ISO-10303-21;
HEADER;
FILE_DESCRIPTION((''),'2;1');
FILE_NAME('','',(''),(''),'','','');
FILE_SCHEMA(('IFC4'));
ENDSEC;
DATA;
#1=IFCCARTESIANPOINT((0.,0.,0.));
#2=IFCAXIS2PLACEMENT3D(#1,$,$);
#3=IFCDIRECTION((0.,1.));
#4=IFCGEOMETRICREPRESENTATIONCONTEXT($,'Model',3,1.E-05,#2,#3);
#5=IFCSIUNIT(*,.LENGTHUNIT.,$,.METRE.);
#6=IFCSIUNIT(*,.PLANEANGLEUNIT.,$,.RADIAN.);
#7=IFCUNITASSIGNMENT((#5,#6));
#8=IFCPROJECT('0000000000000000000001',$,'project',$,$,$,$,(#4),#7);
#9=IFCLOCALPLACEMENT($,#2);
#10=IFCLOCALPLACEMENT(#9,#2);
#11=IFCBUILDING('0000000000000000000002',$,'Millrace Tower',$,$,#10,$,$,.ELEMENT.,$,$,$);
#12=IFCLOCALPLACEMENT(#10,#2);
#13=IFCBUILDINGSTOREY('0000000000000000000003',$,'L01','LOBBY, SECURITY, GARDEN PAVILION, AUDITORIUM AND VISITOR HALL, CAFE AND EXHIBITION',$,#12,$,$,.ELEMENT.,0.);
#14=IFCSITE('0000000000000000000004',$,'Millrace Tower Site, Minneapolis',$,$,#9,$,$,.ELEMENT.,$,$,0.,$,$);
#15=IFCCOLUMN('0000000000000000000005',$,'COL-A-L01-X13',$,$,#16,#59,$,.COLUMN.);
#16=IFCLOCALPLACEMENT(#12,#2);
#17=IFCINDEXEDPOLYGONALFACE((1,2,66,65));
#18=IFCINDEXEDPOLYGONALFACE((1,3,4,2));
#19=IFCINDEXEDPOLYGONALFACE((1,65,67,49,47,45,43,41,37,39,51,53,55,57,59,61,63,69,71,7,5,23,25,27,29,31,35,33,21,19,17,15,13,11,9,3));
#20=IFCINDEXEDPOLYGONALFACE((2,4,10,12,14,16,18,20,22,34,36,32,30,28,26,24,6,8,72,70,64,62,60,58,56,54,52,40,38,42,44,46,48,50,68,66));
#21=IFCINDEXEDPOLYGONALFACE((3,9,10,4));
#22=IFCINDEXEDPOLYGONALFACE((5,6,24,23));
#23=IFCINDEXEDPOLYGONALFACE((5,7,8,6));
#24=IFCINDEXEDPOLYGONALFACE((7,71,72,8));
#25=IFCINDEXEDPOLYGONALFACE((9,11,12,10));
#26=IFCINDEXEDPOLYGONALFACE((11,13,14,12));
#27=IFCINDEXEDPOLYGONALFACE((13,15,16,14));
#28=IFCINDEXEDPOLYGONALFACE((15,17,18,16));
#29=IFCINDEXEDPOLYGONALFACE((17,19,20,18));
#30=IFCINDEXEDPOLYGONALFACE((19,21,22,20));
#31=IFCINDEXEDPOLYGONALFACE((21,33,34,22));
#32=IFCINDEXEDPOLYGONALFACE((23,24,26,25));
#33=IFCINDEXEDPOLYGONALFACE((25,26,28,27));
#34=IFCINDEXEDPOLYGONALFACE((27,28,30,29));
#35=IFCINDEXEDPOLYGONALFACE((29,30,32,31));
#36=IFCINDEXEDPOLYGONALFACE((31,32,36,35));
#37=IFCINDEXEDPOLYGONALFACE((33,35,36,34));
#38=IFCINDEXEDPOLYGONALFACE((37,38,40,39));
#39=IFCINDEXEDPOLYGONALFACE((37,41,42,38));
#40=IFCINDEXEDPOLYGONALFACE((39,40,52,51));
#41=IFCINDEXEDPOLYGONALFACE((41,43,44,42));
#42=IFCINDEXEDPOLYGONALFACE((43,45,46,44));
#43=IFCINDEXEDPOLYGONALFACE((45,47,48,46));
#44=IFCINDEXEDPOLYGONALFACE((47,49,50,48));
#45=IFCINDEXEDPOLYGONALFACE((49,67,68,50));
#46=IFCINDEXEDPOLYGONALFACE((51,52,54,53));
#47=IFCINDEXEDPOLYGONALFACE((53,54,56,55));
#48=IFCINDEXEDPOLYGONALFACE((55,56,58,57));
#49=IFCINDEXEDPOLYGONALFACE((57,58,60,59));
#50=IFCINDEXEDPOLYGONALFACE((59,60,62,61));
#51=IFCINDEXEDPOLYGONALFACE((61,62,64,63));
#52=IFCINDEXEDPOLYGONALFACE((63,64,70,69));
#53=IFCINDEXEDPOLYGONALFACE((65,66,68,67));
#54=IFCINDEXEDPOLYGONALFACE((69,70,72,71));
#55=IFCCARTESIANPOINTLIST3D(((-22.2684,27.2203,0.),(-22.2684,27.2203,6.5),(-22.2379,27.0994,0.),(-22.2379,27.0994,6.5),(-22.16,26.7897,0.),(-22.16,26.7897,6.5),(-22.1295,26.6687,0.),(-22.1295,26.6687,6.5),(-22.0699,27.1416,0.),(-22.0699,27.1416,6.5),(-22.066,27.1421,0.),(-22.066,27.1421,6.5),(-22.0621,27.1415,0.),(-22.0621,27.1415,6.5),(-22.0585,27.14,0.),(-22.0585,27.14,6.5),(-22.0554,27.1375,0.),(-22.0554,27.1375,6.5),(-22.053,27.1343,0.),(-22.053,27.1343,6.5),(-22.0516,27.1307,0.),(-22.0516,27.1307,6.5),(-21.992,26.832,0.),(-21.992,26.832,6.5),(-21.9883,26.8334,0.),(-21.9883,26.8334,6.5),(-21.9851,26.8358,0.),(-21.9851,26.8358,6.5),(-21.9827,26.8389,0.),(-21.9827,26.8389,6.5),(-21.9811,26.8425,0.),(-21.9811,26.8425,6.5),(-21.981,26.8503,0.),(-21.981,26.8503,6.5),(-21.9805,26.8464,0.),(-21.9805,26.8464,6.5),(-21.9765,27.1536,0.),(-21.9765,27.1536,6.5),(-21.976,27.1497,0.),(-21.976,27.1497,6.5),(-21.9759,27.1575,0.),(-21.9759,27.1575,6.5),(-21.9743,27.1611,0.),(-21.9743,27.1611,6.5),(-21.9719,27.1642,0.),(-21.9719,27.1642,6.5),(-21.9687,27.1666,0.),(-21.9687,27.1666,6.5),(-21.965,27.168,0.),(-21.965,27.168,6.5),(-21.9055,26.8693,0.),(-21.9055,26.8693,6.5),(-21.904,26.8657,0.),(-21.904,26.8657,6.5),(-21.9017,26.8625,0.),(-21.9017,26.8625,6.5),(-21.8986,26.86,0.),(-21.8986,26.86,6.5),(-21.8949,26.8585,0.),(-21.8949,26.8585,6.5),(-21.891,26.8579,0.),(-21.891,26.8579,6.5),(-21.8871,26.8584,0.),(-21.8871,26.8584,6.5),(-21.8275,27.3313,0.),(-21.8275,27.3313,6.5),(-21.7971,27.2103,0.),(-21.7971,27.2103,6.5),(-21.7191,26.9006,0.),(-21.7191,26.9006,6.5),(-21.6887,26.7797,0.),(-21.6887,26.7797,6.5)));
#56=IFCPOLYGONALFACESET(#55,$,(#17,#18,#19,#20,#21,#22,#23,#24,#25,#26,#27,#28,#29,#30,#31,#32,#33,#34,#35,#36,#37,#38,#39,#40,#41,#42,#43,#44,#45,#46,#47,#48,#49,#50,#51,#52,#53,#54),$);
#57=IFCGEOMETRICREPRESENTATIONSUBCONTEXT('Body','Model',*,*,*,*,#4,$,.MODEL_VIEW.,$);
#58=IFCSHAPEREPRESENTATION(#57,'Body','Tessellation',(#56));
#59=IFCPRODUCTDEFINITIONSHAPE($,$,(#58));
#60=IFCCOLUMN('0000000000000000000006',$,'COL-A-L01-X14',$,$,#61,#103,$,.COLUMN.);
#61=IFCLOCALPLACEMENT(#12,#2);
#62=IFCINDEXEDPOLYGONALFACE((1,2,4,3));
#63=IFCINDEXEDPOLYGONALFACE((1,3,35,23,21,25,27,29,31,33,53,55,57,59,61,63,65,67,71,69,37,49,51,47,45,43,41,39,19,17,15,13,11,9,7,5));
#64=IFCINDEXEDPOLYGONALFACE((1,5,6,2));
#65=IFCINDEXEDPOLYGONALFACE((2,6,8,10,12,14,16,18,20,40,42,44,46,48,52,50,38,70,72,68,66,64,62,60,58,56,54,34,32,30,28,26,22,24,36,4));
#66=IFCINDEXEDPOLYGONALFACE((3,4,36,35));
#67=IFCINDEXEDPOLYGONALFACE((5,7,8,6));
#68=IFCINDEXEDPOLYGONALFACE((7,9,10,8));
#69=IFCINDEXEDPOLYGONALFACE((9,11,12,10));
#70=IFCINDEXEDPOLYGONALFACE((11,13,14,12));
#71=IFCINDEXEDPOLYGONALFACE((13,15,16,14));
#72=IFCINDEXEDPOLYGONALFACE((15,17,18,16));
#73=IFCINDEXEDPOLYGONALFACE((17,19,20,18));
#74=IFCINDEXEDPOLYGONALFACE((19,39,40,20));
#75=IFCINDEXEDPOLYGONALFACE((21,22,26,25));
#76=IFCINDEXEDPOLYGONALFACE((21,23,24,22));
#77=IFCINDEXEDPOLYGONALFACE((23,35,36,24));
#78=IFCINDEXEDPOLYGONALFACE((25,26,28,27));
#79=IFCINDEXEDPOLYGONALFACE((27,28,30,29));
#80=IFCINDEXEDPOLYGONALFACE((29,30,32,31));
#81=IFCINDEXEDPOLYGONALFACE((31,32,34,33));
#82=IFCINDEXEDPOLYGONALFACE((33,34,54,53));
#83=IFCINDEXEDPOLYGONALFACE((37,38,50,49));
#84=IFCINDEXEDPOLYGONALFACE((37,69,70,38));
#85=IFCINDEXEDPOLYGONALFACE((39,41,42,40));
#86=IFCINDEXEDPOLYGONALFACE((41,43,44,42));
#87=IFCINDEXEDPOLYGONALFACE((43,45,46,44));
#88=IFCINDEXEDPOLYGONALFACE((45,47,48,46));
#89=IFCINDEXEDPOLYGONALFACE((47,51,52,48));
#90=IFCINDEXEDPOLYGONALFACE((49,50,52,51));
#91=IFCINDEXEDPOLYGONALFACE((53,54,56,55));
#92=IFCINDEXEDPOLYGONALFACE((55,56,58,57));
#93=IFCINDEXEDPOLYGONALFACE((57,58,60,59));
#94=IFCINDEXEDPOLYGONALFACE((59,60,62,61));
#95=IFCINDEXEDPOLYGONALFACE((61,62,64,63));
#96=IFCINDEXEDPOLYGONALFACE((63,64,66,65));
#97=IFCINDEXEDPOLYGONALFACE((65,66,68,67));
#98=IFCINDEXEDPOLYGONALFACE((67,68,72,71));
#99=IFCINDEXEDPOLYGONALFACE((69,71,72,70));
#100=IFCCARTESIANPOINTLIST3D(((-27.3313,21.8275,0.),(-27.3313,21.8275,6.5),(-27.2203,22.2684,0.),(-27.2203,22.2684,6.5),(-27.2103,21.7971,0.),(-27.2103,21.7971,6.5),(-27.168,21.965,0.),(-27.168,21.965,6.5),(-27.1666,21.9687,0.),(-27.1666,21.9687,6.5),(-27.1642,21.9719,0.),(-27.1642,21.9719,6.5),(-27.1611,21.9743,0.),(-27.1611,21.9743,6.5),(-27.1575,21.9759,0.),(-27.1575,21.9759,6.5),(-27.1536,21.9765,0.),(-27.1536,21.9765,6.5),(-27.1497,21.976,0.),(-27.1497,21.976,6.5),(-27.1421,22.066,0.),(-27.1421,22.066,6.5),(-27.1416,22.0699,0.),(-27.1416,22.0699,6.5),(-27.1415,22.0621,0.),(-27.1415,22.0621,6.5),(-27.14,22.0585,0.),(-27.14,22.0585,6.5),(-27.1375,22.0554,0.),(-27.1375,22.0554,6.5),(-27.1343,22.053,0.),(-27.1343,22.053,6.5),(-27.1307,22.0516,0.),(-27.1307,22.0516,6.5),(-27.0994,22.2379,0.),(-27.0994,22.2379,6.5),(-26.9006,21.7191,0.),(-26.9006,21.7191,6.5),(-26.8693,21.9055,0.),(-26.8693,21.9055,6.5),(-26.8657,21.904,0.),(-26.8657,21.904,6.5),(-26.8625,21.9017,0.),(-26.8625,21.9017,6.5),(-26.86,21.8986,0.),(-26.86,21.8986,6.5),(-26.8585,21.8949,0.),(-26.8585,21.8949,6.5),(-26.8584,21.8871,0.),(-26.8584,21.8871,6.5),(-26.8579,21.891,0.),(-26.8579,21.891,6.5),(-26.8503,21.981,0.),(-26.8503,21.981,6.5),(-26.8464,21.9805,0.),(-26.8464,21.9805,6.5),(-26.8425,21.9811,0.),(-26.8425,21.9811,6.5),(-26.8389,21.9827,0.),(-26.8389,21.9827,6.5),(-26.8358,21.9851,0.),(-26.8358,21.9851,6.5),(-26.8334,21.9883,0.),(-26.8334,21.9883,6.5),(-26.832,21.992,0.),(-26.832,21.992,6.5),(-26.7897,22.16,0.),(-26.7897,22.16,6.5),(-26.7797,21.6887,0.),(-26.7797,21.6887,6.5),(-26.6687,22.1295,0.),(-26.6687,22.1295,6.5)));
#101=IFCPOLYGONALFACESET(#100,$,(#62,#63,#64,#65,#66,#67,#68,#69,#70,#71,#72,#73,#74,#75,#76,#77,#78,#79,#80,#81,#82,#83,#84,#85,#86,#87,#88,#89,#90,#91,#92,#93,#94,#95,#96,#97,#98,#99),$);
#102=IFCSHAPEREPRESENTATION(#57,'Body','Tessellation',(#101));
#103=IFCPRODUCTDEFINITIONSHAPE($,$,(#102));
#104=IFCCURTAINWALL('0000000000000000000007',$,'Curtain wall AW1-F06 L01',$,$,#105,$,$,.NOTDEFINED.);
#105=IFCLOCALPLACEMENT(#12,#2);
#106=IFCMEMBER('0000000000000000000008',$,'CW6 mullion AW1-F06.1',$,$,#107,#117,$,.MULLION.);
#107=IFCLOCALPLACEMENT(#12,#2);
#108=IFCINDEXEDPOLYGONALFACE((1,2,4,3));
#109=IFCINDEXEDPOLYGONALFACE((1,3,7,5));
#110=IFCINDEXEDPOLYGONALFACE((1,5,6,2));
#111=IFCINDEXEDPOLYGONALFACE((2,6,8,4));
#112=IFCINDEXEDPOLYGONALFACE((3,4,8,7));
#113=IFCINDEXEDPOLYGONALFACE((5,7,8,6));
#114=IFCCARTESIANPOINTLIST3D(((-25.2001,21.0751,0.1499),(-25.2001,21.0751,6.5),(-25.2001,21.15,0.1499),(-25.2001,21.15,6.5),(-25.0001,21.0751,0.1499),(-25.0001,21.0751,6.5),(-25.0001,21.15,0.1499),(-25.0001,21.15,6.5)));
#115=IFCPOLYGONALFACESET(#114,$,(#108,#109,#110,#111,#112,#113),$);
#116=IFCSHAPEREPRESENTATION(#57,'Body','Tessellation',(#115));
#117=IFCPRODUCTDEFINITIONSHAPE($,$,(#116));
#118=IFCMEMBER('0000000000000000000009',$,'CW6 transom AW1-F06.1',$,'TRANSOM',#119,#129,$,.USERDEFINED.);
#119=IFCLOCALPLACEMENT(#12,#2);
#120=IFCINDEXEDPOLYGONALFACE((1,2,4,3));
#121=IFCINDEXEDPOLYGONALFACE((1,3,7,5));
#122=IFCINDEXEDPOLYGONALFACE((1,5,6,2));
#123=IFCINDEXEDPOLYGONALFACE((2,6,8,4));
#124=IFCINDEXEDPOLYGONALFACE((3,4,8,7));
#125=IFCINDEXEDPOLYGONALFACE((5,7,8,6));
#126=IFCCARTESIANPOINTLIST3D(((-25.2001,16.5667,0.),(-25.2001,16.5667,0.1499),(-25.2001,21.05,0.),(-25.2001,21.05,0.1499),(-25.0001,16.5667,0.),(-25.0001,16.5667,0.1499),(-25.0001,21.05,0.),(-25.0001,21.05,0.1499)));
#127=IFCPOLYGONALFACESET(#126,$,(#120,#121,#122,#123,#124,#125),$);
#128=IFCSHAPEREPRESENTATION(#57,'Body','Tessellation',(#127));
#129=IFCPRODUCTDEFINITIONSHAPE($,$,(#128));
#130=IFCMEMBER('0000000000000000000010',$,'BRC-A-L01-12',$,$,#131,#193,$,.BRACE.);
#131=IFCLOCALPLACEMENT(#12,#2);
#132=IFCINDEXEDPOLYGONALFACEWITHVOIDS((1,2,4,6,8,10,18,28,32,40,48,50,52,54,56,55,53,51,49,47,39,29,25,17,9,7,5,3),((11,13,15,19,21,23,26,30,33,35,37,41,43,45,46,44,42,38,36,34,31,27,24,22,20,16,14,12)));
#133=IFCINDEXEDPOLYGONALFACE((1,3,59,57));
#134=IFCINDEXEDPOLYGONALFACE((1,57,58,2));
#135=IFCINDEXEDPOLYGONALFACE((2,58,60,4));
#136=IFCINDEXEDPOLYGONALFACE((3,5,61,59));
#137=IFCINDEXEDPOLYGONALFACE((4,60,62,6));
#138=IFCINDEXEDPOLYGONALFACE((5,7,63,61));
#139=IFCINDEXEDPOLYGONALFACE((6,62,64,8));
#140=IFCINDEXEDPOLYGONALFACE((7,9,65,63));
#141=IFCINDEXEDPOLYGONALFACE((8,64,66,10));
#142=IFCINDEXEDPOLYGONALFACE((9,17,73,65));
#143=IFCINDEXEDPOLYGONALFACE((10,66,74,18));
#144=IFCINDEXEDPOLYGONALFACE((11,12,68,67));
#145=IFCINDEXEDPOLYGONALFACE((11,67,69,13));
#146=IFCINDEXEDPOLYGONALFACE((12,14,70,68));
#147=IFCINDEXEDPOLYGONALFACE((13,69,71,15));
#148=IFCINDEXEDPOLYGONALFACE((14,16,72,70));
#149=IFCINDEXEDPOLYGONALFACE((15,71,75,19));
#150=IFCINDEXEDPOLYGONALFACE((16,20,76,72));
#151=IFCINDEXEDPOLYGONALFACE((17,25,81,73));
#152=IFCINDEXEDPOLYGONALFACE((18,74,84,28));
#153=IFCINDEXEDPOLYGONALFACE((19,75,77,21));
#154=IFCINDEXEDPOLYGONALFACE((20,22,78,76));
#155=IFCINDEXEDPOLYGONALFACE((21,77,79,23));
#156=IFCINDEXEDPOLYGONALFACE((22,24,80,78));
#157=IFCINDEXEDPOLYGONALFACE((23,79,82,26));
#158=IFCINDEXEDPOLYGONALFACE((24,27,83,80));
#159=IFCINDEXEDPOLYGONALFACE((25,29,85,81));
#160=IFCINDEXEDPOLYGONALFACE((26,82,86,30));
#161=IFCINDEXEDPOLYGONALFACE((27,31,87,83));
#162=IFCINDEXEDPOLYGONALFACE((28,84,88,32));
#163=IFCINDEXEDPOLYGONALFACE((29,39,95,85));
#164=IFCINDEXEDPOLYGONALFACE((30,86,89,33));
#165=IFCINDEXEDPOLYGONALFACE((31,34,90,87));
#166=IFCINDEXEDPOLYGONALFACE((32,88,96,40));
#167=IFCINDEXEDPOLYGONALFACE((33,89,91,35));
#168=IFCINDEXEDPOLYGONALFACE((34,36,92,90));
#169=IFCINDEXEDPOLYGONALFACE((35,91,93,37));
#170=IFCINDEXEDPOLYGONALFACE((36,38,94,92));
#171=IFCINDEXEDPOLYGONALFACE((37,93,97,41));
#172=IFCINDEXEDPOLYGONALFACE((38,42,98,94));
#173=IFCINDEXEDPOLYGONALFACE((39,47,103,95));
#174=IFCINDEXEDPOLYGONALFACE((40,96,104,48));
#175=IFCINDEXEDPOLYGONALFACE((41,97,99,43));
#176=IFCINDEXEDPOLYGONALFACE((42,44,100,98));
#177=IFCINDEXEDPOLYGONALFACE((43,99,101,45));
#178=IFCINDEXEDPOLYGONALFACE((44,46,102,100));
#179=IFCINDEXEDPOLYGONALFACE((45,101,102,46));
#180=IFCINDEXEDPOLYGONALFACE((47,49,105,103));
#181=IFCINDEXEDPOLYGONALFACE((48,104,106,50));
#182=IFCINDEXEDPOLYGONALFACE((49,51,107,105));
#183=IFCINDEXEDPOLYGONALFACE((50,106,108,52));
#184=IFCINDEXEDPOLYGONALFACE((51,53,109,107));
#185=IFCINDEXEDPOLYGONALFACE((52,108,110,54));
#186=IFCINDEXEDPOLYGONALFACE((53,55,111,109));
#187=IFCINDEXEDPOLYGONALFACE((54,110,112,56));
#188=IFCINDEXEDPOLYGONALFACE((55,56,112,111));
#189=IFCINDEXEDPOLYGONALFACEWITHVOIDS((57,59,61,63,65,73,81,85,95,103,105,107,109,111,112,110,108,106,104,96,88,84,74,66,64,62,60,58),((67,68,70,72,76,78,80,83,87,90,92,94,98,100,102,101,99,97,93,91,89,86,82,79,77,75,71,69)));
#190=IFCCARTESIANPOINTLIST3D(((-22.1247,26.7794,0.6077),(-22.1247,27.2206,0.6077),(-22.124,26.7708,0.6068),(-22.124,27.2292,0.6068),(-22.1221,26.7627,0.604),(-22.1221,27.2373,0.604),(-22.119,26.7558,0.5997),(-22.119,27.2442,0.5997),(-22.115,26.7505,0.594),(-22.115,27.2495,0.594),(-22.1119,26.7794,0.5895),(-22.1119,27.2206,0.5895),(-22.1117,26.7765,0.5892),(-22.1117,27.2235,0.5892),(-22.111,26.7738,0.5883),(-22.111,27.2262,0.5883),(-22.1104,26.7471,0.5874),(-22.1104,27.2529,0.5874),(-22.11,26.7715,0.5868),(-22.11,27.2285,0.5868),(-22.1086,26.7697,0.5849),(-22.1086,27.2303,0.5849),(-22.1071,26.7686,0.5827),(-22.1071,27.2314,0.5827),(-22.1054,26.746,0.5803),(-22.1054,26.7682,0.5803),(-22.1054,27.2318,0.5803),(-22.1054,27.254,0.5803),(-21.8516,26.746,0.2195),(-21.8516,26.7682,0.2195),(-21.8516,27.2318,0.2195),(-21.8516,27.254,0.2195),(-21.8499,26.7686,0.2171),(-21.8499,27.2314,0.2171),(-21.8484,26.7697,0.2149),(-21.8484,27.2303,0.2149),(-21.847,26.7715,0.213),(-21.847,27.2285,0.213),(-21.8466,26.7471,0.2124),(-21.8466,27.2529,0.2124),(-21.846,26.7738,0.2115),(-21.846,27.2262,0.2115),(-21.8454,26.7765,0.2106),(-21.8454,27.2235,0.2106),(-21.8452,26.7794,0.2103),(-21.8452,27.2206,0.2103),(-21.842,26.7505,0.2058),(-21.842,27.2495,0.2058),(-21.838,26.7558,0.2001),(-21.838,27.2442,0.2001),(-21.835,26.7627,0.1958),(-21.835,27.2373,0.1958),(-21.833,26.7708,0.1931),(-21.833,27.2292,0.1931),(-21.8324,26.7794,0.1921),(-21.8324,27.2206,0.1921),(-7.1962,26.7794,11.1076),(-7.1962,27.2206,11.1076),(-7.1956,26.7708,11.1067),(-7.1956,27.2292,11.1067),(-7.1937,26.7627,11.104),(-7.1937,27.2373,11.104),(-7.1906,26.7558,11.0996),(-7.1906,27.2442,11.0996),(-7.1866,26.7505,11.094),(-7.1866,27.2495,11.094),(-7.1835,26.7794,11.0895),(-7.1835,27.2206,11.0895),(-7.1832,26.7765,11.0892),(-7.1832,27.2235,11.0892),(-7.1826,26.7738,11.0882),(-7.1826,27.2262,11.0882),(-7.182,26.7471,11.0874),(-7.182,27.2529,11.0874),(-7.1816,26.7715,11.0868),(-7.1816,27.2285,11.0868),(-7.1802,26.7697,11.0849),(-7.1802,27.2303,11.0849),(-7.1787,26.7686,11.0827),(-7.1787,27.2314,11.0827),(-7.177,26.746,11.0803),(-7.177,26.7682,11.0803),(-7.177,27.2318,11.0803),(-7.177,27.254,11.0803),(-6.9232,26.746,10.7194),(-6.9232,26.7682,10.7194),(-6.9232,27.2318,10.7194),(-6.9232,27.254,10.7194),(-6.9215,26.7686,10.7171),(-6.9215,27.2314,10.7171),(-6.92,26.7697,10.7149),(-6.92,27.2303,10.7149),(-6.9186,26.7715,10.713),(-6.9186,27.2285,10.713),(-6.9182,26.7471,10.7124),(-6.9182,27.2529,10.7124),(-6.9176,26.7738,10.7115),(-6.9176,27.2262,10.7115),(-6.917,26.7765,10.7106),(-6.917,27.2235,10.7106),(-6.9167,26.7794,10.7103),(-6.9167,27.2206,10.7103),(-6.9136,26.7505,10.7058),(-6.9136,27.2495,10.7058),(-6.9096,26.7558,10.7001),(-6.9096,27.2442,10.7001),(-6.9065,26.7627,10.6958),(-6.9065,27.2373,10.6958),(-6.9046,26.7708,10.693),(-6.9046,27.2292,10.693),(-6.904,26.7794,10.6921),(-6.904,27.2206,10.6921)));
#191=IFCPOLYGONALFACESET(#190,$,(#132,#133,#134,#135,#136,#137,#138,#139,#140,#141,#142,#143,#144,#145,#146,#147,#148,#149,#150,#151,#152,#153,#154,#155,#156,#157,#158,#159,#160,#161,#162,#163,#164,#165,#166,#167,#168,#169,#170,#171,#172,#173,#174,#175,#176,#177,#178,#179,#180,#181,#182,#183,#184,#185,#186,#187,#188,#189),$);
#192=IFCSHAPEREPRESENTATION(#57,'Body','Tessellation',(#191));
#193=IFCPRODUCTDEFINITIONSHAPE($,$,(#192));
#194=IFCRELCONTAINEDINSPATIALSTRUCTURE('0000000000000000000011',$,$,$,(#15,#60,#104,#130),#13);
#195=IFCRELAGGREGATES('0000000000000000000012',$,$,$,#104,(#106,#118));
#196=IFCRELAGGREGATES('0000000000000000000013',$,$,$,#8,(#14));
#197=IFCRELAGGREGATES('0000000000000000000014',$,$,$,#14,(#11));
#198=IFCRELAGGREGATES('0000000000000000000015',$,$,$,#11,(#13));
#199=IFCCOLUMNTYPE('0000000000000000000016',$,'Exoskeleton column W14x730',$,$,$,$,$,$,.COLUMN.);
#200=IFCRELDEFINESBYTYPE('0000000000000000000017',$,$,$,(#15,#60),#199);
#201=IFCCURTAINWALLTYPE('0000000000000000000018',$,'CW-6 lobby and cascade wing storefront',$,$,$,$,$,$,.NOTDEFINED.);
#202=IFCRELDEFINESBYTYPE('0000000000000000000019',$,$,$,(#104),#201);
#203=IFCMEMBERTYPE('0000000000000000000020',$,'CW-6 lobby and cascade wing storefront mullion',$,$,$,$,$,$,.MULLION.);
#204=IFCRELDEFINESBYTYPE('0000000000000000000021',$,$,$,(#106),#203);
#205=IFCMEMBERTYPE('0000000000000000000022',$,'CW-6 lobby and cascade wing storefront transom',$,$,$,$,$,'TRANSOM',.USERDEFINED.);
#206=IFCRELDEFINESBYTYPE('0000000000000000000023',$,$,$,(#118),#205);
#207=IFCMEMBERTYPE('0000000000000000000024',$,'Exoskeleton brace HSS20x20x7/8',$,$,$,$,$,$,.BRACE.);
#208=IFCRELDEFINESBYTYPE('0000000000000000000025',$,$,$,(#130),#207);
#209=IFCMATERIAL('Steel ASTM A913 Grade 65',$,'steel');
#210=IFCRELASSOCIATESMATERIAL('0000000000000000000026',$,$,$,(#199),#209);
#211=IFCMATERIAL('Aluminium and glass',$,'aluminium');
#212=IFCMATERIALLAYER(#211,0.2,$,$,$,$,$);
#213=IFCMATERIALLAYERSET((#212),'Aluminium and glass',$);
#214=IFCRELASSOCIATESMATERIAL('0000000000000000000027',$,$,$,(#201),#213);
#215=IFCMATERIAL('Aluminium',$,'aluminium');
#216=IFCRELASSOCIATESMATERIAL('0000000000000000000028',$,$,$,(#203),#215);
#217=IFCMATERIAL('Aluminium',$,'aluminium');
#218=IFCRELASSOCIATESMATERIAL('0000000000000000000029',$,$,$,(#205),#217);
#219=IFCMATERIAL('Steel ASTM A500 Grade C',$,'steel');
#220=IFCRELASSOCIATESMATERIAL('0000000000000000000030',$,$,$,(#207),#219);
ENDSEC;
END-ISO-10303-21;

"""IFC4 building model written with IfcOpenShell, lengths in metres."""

from ifc_helpers import new_model, si_unit, direction, frame, origin, origin_2d, place, context, subcontext, project, spatial, rectangle, hollow_rectangle, i_section, extrude, material, layer, layer_set, material_profile, profile_set, type_object, element, aggregate, save


model = new_model("IFC4")

# Units and contexts
model_context = context("Model", 3, precision=1e-05, world=origin(), true_north=direction((0.0, 1.0)))
body_context = subcontext(model_context, "Body", "Model", "MODEL_VIEW")
ifc_project = project(units=[si_unit("LENGTHUNIT", "METRE"), si_unit("PLANEANGLEUNIT", "RADIAN")], contexts=[model_context])

# Site, building, storey
site_placement = place(None, origin())
site = spatial("IfcSite", under=ifc_project, at=site_placement, Name="Millrace Tower Site, Minneapolis", CompositionType="ELEMENT", RefElevation=0.0)
building_placement = place(site_placement, origin())
building = spatial("IfcBuilding", under=site, at=building_placement, Name="Millrace Tower", CompositionType="ELEMENT")
storey_placement = place(building_placement, origin())
storey = spatial("IfcBuildingStorey", under=building, at=storey_placement, Name="L01", Description="LOBBY, SECURITY, GARDEN PAVILION, AUDITORIUM AND VISITOR HALL, CAFE AND EXHIBITION", CompositionType="ELEMENT", Elevation=0.0)

# Columns
ifc_material_1 = material(Name="Steel ASTM A913 Grade 65", Category="steel")
ifc_material_profile_1 = material_profile(ifc_material_1, i_section(OverallWidth=0.4546, OverallDepth=0.5688, WebThickness=0.0779, FlangeThickness=0.1248, FilletRadius=0.0151, at=origin_2d()))
ifc_profile_set_1 = profile_set([ifc_material_profile_1], Name="Steel ASTM A913 Grade 65")
column_type = type_object("IfcColumnType", Name="Exoskeleton column W14x730", PredefinedType="COLUMN", material=ifc_profile_set_1)
for number, where, z_axis, x_axis, name in (
    (1, (-21.9785, 27.0, 0.0), (0.0, 0.0, 1.0), (-0.969752, -0.244094, 0.0), "COL-A-L01-X13"),
    (2, (-27.0, 21.9785, 0.0), (0.0, 0.0, 1.0), (-0.244094, -0.969752, 0.0), "COL-A-L01-X14"),
):
    element("IfcColumn", number, at=place(storey_placement, frame(where, z_axis=z_axis, x_axis=x_axis)), inside=storey, type_object=column_type, Name=name, PredefinedType="COLUMN", context=body_context, shape_type="SweptSolid", body=[
        extrude(i_section(OverallWidth=0.4546, OverallDepth=0.5688, WebThickness=0.0779, FlangeThickness=0.1248, FilletRadius=0.0151, at=origin_2d()), origin(), (0.0, 0.0, 1.0), 6.5),
    ])

# Curtain wall, members
ifc_material_2 = material(Name="Aluminium and glass", Category="aluminium")
ifc_layer_1 = layer(ifc_material_2, 0.2)
ifc_layer_set_1 = layer_set([ifc_layer_1], Name="Aluminium and glass")
curtain_wall_type = type_object("IfcCurtainWallType", Name="CW-6 lobby and cascade wing storefront", PredefinedType="NOTDEFINED", material=ifc_layer_set_1)
curtain_wall_placement = place(storey_placement, origin())
curtain_wall = element("IfcCurtainWall", 3, at=curtain_wall_placement, inside=storey, type_object=curtain_wall_type, Name="Curtain wall AW1-F06 L01", PredefinedType="NOTDEFINED")
ifc_material_3 = material(Name="Aluminium", Category="aluminium")
ifc_material_profile_2 = material_profile(ifc_material_3, rectangle(XDim=0.075, YDim=0.2, at=origin_2d()))
ifc_profile_set_2 = profile_set([ifc_material_profile_2], Name="Aluminium")
member_type_1 = type_object("IfcMemberType", Name="CW-6 lobby and cascade wing storefront mullion", PredefinedType="MULLION", material=ifc_profile_set_2)
member_1_placement = place(storey_placement, frame((-25.1001, 21.1125, 0.1499), z_axis=(0.0, 0.0, 1.0), x_axis=(0.0, -1.0, 0.0)))
member_1 = element("IfcMember", 4, at=member_1_placement, type_object=member_type_1, Name="CW6 mullion AW1-F06.1", PredefinedType="MULLION", context=body_context, shape_type="SweptSolid", body=[
    extrude(rectangle(XDim=0.075, YDim=0.2, at=origin_2d()), origin(), (0.0, 0.0, 1.0), 6.3501),
])
ifc_material_4 = material(Name="Aluminium", Category="aluminium")
ifc_material_profile_3 = material_profile(ifc_material_4, rectangle(XDim=0.2, YDim=0.1499, at=origin_2d()))
ifc_profile_set_3 = profile_set([ifc_material_profile_3], Name="Aluminium")
member_type_2 = type_object("IfcMemberType", Name="CW-6 lobby and cascade wing storefront transom", ElementType="TRANSOM", PredefinedType="USERDEFINED", material=ifc_profile_set_3)
member_2_placement = place(storey_placement, frame((-25.1001, 21.05, 0.075), z_axis=(0.0, -1.0, 0.0), x_axis=(1.0, 0.0, 0.0)))
member_2 = element("IfcMember", 5, at=member_2_placement, type_object=member_type_2, Name="CW6 transom AW1-F06.1", ObjectType="TRANSOM", PredefinedType="USERDEFINED", context=body_context, shape_type="SweptSolid", body=[
    extrude(rectangle(XDim=0.2, YDim=0.1499, at=origin_2d()), origin(), (0.0, 0.0, 1.0), 4.4834),
])
aggregate(curtain_wall, [member_1, member_2])

# Member
ifc_material_5 = material(Name="Steel ASTM A500 Grade C", Category="steel")
ifc_material_profile_4 = material_profile(ifc_material_5, hollow_rectangle(XDim=0.5081, YDim=0.5081, WallThickness=0.0222, InnerFilletRadius=0.0112, OuterFilletRadius=0.0334, at=origin_2d()))
ifc_profile_set_4 = profile_set([ifc_material_profile_4], Name="Steel ASTM A500 Grade C")
member_type_3 = type_object("IfcMemberType", Name="Exoskeleton brace HSS20x20x7/8", PredefinedType="BRACE", material=ifc_profile_set_4)
member_3_placement = place(storey_placement, frame((-21.9785, 27.0, 0.3999), z_axis=(0.817941, 0.0, 0.575302), x_axis=(0.0, 1.0, 0.0)))
element("IfcMember", 6, at=member_3_placement, inside=storey, type_object=member_type_3, Name="BRC-A-L01-12", PredefinedType="BRACE", context=body_context, shape_type="SweptSolid", body=[
    extrude(hollow_rectangle(XDim=0.5081, YDim=0.5081, WallThickness=0.0222, InnerFilletRadius=0.0112, OuterFilletRadius=0.0334, at=origin_2d()), origin(), (0.0, 0.0, 1.0), 18.2512),
])

save(model, "model.ifc")
